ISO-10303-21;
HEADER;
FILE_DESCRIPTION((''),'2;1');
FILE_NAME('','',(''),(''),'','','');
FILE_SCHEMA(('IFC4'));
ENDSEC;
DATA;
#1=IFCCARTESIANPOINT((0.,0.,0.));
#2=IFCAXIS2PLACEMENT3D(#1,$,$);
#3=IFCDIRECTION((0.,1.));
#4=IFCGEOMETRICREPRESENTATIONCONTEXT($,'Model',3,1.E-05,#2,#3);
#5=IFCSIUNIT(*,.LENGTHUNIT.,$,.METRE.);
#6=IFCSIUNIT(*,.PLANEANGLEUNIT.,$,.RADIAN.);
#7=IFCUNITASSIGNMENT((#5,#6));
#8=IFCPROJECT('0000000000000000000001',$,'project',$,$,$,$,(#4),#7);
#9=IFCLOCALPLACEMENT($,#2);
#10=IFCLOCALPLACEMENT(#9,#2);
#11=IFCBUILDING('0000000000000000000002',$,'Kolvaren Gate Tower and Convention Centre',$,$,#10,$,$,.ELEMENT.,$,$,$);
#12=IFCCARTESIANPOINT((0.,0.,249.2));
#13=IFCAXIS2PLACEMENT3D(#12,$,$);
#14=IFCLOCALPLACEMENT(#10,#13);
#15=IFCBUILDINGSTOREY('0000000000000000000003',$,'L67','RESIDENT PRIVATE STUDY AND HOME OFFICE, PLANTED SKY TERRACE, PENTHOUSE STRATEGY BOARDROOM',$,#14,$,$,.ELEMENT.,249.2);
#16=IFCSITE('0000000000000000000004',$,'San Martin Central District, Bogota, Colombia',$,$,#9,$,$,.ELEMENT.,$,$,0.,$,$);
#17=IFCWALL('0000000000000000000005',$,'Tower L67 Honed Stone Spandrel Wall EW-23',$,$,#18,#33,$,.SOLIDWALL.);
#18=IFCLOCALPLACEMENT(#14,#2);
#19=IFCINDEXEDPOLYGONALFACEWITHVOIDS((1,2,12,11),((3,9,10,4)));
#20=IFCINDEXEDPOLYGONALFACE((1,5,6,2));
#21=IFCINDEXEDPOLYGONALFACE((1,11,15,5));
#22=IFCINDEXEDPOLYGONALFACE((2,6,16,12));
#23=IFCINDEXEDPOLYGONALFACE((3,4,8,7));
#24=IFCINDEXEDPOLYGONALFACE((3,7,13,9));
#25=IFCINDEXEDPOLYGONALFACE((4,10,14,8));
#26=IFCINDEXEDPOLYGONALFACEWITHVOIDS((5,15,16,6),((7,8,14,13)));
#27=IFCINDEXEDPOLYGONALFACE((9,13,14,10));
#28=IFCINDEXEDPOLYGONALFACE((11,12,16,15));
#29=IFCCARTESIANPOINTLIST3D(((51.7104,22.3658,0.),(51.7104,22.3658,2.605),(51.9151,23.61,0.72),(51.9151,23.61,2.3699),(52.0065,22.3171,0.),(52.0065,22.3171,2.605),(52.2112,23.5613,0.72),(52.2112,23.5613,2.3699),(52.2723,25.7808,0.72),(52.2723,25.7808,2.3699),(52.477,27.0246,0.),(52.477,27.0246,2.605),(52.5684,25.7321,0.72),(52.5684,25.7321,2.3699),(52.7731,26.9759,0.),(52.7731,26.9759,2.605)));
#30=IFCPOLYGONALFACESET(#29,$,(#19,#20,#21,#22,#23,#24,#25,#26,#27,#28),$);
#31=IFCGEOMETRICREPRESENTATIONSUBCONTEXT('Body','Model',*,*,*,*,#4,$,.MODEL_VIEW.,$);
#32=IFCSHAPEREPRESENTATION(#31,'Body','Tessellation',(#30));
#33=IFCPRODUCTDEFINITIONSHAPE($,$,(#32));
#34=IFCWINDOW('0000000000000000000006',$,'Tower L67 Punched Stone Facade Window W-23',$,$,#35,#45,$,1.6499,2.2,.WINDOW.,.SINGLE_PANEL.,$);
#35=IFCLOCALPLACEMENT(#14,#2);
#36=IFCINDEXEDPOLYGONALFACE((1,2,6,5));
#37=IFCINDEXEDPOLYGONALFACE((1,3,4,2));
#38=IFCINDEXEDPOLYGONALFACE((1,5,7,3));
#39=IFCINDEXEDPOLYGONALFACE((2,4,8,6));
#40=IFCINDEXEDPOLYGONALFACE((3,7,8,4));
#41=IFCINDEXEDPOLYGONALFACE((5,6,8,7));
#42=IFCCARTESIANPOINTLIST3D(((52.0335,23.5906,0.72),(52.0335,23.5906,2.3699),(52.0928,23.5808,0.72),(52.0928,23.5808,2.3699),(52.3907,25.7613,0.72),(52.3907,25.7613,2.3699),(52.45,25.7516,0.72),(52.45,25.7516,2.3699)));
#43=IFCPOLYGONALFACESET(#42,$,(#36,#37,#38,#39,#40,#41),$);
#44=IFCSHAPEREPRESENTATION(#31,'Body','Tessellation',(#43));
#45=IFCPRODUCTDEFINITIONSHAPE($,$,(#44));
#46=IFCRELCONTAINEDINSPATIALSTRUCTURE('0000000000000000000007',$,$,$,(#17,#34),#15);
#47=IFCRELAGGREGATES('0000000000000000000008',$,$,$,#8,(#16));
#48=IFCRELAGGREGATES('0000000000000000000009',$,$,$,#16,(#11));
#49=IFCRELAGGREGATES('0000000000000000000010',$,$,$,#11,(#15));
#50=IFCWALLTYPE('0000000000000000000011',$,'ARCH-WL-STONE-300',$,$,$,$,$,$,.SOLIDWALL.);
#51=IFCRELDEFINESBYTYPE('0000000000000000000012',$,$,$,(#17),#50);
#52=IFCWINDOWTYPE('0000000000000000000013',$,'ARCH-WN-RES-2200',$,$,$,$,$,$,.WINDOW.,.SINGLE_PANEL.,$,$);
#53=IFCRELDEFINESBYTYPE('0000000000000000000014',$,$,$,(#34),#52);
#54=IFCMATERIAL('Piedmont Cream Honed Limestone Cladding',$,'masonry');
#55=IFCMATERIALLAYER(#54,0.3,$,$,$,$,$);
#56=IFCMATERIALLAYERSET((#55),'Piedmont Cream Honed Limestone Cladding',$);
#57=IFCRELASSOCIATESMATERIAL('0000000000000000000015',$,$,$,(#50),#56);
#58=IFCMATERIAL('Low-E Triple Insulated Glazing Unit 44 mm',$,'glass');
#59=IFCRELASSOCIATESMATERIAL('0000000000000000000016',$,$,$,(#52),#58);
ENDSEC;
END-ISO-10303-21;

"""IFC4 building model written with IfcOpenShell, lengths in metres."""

from ifc_helpers import new_model, si_unit, direction, frame, frame_2d, origin, place, context, subcontext, project, spatial, rectangle, extrude, material, layer, layer_set, type_object, element, fill, save


model = new_model("IFC4")

# Units and contexts
model_context = context("Model", 3, precision=1e-05, world=origin(), true_north=direction((0.0, 1.0)))
body_context = subcontext(model_context, "Body", "Model", "MODEL_VIEW")
ifc_project = project(units=[si_unit("LENGTHUNIT", "METRE"), si_unit("PLANEANGLEUNIT", "RADIAN")], contexts=[model_context])

# Site, building, storey
site_placement = place(None, origin())
site = spatial("IfcSite", under=ifc_project, at=site_placement, Name="San Martin Central District, Bogota, Colombia", CompositionType="ELEMENT", RefElevation=0.0)
building_placement = place(site_placement, origin())
building = spatial("IfcBuilding", under=site, at=building_placement, Name="Kolvaren Gate Tower and Convention Centre", CompositionType="ELEMENT")
storey_placement = place(building_placement, frame((0.0, 0.0, 249.2)))
storey = spatial("IfcBuildingStorey", under=building, at=storey_placement, Name="L67", Description="RESIDENT PRIVATE STUDY AND HOME OFFICE, PLANTED SKY TERRACE, PENTHOUSE STRATEGY BOARDROOM", CompositionType="ELEMENT", Elevation=249.2)

# Wall, opening, window
ifc_material_1 = material(Name="Piedmont Cream Honed Limestone Cladding", Category="masonry")
ifc_layer_1 = layer(ifc_material_1, 0.3)
ifc_layer_set_1 = layer_set([ifc_layer_1], Name="Piedmont Cream Honed Limestone Cladding")
wall_type_1 = type_object("IfcWallType", Name="ARCH-WL-STONE-300", PredefinedType="SOLIDWALL", material=ifc_layer_set_1)
ifc_material_2 = material(Name="Low-E Triple Insulated Glazing Unit 44 mm", Category="glass")
window_type = type_object("IfcWindowType", Name="ARCH-WN-RES-2200", PartitioningType="SINGLE_PANEL", PredefinedType="WINDOW", material=ifc_material_2)
wall_1_placement = place(storey_placement, frame((51.8584, 22.3413, 0.0), z_axis=(0.0, 0.0, 1.0), x_axis=(0.162369, 0.98673, 0.0)))
wall_1 = element("IfcWall", 1, at=wall_1_placement, inside=storey, type_object=wall_type_1, Name="Tower L67 Honed Stone Spandrel Wall EW-23", PredefinedType="SOLIDWALL", context=body_context, shape_type="SweptSolid", body=[
    extrude(rectangle(XDim=4.7214, YDim=0.3, at=frame_2d((2.3608, 0.0))), origin(), (0.0, 0.0, 1.0), 2.605),
])
opening_1_placement = place(wall_1_placement, frame((1.261, 0.0, 0.72)))
opening_1 = element("IfcOpeningElement", 2, at=opening_1_placement, cuts=wall_1, PredefinedType="OPENING", context=body_context, shape_type="SweptSolid", body=[
    extrude(rectangle(XDim=2.2, YDim=1.6499, at=frame_2d((1.1001, 0.825))), frame((0.0, 0.1599, 0.0), z_axis=(0.0, -1.0, 0.0), x_axis=(1.0, 0.0, 0.0)), (0.0, 0.0, 1.0), 0.3201),
])
window_1_placement = place(opening_1_placement, origin())
window_1 = element("IfcWindow", 3, at=window_1_placement, inside=storey, type_object=window_type, Name="Tower L67 Punched Stone Facade Window W-23", OverallHeight=1.6499, OverallWidth=2.2, PartitioningType="SINGLE_PANEL", PredefinedType="WINDOW", context=body_context, shape_type="SweptSolid", body=[
    extrude(rectangle(XDim=2.2, YDim=1.6499, at=frame_2d((1.1001, 0.825))), frame((0.0, 0.03, 0.0), z_axis=(0.0, -1.0, 0.0), x_axis=(1.0, 0.0, 0.0)), (0.0, 0.0, 1.0), 0.0601),
])
fill(opening_1, window_1)

save(model, "model.ifc")
